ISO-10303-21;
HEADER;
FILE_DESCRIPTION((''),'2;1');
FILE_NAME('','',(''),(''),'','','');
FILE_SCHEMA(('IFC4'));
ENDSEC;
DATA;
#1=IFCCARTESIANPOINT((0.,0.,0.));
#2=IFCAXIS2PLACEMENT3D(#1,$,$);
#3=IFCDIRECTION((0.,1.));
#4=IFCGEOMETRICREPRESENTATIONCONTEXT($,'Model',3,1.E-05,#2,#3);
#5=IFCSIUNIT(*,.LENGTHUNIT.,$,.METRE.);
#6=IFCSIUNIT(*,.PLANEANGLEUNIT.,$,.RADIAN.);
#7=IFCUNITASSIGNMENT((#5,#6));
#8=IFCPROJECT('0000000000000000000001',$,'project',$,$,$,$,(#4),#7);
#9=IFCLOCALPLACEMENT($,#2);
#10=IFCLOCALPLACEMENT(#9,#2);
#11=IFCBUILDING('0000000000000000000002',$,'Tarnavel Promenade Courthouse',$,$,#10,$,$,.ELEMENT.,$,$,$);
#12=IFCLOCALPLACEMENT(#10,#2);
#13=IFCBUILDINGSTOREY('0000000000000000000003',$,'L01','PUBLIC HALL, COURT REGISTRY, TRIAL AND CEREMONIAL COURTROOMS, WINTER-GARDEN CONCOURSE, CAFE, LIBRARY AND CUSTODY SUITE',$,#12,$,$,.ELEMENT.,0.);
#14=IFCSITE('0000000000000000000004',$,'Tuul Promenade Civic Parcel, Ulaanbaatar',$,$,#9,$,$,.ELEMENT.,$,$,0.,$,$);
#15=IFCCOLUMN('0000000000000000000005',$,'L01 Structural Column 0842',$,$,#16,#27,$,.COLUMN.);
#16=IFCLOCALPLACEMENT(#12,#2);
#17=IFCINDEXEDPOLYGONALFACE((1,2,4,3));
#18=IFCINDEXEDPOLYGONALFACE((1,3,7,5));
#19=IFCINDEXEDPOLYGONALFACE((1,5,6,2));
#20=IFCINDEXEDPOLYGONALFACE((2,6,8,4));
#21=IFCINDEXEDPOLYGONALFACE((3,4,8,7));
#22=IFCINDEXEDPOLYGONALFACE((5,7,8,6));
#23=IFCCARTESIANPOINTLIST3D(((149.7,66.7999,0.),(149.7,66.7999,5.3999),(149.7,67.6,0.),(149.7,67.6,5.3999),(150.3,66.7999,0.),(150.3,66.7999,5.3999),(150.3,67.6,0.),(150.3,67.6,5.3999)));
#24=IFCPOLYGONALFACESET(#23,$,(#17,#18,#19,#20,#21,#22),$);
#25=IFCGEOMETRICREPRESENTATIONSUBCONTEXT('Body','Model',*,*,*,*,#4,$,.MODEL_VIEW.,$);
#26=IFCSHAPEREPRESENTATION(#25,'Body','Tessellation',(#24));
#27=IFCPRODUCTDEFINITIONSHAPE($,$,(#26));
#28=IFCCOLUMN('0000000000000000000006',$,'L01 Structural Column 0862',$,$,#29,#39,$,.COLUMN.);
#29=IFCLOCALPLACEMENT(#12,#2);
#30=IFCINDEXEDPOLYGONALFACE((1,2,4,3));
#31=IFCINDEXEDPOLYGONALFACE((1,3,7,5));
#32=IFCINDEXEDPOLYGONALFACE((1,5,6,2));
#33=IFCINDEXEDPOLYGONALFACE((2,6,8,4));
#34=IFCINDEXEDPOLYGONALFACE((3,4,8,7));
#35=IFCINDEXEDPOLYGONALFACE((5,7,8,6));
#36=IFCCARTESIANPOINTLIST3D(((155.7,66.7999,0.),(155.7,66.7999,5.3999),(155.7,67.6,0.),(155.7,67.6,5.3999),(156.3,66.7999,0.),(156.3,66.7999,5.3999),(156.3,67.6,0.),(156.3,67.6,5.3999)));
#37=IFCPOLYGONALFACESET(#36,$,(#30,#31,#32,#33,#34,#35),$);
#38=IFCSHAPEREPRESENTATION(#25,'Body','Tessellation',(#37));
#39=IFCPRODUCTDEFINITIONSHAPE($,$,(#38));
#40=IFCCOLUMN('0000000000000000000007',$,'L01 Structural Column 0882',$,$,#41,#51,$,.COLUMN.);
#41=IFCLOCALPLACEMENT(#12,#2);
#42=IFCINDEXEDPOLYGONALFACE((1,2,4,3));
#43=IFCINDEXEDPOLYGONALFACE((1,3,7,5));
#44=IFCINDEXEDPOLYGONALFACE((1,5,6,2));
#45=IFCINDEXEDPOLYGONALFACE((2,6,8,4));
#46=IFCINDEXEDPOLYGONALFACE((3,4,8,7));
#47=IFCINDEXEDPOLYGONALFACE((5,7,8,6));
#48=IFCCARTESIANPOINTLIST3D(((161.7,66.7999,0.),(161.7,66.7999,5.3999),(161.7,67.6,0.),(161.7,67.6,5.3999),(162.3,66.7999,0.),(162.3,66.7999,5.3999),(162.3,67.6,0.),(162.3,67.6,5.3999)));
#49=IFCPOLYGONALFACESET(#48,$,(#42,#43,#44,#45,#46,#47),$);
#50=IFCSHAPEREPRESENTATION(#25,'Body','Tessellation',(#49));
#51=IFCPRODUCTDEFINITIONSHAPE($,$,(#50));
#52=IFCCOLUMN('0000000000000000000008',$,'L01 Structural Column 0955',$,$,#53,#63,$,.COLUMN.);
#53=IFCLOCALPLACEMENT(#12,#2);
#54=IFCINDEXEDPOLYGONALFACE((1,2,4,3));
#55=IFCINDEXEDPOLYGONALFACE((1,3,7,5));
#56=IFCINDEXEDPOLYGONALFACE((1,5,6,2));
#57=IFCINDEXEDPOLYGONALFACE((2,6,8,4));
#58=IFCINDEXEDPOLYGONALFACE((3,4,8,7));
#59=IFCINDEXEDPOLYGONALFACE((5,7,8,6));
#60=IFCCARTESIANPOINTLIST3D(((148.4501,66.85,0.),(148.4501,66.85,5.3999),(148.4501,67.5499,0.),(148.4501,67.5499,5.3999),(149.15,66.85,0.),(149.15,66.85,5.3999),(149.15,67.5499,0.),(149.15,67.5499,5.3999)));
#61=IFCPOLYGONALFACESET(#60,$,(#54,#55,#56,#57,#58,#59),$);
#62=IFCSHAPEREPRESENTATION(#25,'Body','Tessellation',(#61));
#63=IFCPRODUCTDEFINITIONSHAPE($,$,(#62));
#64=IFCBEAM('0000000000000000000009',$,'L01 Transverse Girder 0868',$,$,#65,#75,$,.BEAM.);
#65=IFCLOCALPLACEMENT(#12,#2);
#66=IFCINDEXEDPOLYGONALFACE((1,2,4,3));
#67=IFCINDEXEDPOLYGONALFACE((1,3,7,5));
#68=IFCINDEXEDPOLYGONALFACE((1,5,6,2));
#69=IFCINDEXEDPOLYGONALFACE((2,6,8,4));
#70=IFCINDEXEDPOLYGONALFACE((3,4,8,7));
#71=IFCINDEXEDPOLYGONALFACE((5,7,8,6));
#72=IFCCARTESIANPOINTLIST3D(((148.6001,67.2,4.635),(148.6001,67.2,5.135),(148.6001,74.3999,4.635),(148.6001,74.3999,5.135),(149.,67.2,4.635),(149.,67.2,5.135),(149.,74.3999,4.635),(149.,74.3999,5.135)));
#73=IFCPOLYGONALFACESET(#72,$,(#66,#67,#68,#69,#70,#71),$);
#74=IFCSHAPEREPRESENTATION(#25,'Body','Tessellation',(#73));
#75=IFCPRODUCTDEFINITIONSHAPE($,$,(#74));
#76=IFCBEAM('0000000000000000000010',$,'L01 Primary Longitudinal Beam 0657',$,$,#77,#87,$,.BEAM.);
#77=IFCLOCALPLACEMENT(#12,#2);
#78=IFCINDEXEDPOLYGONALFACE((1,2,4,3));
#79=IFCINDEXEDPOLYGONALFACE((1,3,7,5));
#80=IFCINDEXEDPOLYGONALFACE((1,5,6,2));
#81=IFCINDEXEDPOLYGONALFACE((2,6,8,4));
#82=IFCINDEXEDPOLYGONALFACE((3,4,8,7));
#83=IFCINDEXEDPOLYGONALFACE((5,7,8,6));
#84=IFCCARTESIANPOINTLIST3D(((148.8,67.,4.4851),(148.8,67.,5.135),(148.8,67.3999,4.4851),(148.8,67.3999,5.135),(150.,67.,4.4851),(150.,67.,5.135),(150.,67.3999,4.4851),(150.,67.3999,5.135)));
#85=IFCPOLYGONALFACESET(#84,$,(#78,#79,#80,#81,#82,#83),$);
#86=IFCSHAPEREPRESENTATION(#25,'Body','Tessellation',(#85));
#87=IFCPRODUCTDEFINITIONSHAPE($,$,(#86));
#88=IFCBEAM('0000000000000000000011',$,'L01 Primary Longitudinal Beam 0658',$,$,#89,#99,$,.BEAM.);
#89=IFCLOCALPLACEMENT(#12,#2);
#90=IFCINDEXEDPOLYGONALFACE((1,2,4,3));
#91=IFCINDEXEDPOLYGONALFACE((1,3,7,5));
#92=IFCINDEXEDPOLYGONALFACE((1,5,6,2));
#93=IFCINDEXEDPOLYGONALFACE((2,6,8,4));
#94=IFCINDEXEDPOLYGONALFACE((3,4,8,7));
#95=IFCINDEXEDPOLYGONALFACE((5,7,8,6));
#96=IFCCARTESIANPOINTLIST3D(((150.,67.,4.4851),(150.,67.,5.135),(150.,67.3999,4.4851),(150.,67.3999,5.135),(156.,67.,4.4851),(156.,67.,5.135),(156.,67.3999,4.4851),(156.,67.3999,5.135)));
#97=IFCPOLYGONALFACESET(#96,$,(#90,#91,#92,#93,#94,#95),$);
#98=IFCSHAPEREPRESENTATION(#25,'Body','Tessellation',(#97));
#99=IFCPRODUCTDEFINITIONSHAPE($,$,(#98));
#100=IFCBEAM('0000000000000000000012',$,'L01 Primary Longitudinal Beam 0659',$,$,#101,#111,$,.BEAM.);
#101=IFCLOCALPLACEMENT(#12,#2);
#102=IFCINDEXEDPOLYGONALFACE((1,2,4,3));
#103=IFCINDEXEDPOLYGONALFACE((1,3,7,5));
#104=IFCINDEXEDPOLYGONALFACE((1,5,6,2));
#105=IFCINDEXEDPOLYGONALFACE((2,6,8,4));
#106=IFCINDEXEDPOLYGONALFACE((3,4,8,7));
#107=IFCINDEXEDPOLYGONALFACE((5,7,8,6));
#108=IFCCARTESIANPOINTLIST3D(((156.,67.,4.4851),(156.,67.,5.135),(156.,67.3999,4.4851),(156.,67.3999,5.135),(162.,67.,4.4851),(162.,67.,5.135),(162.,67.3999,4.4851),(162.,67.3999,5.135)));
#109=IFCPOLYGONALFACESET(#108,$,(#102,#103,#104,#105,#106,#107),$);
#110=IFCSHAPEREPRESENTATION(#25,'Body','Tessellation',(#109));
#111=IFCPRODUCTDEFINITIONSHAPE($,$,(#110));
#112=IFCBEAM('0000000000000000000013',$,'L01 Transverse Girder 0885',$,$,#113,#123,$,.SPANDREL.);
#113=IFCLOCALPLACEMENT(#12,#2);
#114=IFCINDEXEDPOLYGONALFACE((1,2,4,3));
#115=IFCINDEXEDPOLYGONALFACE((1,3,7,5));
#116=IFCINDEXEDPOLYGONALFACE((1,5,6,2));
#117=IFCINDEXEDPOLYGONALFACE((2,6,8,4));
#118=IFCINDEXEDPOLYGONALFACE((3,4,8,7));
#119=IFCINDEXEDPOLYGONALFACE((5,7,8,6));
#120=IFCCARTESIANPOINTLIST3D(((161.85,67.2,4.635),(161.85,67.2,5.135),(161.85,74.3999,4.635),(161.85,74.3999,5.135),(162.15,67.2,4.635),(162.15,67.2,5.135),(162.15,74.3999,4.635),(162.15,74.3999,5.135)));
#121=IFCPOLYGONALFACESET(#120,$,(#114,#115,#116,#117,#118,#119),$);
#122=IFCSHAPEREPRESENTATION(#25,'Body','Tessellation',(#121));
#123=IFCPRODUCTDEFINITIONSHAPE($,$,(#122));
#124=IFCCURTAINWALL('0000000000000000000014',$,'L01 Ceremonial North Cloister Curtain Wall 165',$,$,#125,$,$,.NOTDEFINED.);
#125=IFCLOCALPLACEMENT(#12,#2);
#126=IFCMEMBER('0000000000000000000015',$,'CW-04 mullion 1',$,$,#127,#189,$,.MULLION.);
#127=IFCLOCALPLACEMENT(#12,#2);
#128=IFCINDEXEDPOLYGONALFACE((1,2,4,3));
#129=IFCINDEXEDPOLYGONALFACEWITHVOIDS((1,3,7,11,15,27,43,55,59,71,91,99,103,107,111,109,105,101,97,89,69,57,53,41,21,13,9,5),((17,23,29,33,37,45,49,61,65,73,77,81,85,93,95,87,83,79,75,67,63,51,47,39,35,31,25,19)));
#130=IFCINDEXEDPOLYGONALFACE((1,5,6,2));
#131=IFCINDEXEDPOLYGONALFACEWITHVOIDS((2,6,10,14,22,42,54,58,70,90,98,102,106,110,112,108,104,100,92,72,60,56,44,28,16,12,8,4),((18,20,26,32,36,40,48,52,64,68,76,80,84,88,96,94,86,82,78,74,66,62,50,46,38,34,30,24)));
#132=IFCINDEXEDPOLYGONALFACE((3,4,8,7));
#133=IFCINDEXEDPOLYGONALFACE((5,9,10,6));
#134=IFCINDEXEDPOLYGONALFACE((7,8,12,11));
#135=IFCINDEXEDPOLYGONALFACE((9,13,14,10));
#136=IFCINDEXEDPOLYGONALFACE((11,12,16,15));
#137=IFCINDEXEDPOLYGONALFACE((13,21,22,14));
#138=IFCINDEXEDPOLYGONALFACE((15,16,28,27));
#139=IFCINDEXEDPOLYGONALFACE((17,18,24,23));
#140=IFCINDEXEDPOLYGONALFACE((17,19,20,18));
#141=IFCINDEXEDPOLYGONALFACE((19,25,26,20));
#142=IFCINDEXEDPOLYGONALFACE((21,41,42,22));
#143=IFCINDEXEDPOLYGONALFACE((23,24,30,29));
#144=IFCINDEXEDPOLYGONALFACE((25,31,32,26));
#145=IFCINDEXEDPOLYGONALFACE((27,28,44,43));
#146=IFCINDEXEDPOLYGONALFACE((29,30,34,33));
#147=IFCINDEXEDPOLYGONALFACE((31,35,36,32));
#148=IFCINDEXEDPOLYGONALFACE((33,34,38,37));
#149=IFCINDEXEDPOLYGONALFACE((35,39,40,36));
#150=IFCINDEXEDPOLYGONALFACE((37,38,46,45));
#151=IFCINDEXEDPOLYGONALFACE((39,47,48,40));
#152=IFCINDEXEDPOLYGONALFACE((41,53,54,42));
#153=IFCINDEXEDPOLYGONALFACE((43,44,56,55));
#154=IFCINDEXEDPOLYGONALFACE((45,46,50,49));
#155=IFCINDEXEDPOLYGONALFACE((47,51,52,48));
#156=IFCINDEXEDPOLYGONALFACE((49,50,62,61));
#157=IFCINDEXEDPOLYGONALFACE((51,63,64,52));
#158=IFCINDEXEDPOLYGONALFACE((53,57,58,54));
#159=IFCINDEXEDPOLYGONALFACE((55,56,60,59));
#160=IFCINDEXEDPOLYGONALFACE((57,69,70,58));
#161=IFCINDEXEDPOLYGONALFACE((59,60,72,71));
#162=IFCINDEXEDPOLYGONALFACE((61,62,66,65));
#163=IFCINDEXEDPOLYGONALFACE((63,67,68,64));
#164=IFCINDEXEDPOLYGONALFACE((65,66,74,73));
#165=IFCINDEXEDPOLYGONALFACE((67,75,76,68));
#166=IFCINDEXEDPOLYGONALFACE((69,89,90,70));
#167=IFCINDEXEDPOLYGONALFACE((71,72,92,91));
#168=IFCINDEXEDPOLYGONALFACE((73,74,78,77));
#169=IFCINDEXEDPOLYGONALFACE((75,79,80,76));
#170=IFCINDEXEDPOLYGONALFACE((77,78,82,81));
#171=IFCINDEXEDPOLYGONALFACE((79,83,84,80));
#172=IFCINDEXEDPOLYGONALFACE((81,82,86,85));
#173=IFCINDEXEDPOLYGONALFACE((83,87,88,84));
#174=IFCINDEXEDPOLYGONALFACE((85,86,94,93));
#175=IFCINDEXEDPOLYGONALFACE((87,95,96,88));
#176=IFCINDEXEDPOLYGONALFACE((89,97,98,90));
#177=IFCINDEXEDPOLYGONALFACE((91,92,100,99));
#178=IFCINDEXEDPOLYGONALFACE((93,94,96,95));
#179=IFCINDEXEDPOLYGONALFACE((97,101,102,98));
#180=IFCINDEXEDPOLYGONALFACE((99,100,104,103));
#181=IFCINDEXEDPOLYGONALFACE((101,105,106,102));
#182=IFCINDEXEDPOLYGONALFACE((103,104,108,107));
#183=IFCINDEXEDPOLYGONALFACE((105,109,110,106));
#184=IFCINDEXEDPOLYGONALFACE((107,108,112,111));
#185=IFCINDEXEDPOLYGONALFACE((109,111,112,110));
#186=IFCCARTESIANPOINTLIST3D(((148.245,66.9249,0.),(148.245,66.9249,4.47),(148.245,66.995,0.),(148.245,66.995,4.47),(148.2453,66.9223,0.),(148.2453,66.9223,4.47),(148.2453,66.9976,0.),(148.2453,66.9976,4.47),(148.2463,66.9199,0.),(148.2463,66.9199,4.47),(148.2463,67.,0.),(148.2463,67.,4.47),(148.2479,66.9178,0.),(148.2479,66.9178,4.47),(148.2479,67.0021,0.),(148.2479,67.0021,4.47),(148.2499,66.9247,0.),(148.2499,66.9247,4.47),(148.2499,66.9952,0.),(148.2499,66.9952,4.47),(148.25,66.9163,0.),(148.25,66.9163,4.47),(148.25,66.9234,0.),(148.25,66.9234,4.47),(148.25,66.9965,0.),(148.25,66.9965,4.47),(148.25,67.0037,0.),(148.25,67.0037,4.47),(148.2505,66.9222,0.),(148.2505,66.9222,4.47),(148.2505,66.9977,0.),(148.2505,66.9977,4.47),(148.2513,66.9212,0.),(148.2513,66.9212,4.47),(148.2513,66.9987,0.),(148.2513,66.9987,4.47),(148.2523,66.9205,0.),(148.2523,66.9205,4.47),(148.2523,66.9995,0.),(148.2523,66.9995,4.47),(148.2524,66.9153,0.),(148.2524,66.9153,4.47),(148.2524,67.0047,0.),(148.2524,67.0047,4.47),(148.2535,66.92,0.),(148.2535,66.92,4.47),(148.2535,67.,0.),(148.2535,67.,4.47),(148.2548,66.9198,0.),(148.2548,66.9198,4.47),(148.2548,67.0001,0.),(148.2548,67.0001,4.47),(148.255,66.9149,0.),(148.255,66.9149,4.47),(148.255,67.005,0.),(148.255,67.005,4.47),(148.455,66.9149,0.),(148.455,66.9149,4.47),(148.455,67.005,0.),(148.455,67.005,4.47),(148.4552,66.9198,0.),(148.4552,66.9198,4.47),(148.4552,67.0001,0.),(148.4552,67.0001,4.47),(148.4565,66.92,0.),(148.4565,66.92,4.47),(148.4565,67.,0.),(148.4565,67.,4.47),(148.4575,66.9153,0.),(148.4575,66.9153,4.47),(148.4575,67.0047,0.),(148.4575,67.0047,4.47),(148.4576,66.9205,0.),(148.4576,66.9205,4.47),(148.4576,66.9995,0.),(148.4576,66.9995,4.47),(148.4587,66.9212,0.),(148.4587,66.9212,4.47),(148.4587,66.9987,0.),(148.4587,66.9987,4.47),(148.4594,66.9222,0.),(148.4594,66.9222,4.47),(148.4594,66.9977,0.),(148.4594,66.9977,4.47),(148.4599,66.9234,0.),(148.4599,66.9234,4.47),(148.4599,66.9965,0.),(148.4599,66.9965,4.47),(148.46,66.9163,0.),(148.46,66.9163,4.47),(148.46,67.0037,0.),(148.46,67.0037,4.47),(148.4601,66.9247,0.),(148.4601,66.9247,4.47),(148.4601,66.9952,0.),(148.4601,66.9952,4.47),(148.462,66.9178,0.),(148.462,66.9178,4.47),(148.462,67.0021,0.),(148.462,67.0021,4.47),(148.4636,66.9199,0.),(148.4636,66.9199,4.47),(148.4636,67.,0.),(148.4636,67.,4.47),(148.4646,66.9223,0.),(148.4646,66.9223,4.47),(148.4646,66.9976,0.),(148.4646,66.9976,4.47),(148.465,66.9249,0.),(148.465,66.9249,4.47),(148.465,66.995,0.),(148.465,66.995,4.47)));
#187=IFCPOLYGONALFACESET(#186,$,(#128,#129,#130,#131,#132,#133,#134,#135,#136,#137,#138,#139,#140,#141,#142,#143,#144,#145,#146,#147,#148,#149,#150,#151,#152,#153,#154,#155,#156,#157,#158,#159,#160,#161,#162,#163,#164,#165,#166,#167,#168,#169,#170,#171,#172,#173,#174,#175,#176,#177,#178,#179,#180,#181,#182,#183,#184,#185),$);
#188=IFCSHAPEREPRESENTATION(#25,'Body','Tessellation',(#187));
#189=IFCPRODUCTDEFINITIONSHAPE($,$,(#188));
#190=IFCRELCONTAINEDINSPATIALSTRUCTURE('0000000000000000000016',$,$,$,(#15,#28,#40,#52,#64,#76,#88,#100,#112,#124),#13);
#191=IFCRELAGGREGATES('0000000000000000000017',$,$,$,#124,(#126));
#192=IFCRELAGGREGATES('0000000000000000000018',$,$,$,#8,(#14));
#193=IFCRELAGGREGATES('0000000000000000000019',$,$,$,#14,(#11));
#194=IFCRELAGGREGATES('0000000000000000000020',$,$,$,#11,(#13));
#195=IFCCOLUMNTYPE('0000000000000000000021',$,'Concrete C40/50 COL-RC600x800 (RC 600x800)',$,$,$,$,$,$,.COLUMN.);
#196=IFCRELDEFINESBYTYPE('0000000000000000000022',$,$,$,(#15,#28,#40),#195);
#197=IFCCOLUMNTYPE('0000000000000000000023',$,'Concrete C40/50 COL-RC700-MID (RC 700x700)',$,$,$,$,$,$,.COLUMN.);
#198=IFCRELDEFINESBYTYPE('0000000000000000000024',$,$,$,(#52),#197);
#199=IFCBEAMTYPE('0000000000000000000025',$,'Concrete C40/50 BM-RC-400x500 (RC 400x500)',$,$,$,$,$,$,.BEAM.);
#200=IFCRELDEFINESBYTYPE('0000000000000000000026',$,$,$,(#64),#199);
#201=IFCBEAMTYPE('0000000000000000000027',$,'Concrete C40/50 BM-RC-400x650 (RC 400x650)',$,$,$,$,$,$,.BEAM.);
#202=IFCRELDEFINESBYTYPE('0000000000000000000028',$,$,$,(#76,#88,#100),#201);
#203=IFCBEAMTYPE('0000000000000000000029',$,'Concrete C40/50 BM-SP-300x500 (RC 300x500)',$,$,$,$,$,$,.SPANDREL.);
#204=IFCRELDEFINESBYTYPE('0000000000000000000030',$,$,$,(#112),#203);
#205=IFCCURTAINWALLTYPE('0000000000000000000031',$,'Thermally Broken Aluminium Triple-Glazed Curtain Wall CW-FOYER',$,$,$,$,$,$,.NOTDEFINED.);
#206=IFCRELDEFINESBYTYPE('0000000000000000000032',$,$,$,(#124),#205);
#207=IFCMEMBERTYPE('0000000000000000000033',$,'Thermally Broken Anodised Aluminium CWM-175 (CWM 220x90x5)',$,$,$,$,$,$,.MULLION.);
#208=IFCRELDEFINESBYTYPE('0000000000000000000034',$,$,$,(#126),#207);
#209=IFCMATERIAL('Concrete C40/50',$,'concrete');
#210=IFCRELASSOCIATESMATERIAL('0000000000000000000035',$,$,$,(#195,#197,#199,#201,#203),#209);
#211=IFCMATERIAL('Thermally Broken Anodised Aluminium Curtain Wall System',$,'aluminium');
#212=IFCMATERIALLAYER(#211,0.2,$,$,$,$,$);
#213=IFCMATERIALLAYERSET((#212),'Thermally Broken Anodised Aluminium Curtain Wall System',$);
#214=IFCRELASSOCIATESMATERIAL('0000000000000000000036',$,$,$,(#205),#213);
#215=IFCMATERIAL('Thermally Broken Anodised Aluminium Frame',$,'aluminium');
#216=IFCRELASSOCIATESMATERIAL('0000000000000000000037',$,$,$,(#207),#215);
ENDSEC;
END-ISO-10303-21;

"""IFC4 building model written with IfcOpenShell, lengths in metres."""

from ifc_helpers import new_model, si_unit, direction, frame, origin, origin_2d, place, context, subcontext, project, spatial, rectangle, hollow_rectangle, extrude, material, layer, layer_set, material_profile, profile_set, type_object, element, aggregate, save


model = new_model("IFC4")

# Units and contexts
model_context = context("Model", 3, precision=1e-05, world=origin(), true_north=direction((0.0, 1.0)))
body_context = subcontext(model_context, "Body", "Model", "MODEL_VIEW")
ifc_project = project(units=[si_unit("LENGTHUNIT", "METRE"), si_unit("PLANEANGLEUNIT", "RADIAN")], contexts=[model_context])

# Site, building, storey
site_placement = place(None, origin())
site = spatial("IfcSite", under=ifc_project, at=site_placement, Name="Tuul Promenade Civic Parcel, Ulaanbaatar", CompositionType="ELEMENT", RefElevation=0.0)
building_placement = place(site_placement, origin())
building = spatial("IfcBuilding", under=site, at=building_placement, Name="Tarnavel Promenade Courthouse", CompositionType="ELEMENT")
storey_placement = place(building_placement, origin())
storey = spatial("IfcBuildingStorey", under=building, at=storey_placement, Name="L01", Description="PUBLIC HALL, COURT REGISTRY, TRIAL AND CEREMONIAL COURTROOMS, WINTER-GARDEN CONCOURSE, CAFE, LIBRARY AND CUSTODY SUITE", CompositionType="ELEMENT", Elevation=0.0)

# Columns
ifc_material_1 = material(Name="Concrete C40/50", Category="concrete")
ifc_material_profile_1 = material_profile(ifc_material_1, rectangle(XDim=0.6001, YDim=0.8, at=origin_2d()), Name="RC 600x800")
ifc_profile_set_1 = profile_set([ifc_material_profile_1], Name="Concrete C40/50")
column_type_1 = type_object("IfcColumnType", Name="Concrete C40/50 COL-RC600x800 (RC 600x800)", PredefinedType="COLUMN", material=ifc_profile_set_1)
for number, where, z_axis, x_axis, name in (
    (1, (150.0, 67.2, 0.0), (0.0, 0.0, 1.0), (1.0, 0.0, 0.0), "L01 Structural Column 0842"),
    (2, (156.0, 67.2, 0.0), (0.0, 0.0, 1.0), (1.0, 0.0, 0.0), "L01 Structural Column 0862"),
    (3, (162.0, 67.2, 0.0), (0.0, 0.0, 1.0), (1.0, 0.0, 0.0), "L01 Structural Column 0882"),
):
    element("IfcColumn", number, at=place(storey_placement, frame(where, z_axis=z_axis, x_axis=x_axis)), inside=storey, type_object=column_type_1, Name=name, PredefinedType="COLUMN", context=body_context, shape_type="SweptSolid", body=[
        extrude(rectangle(XDim=0.6001, YDim=0.8, at=origin_2d()), origin(), (0.0, 0.0, 1.0), 5.3999),
    ])
ifc_material_profile_2 = material_profile(ifc_material_1, rectangle(XDim=0.7, YDim=0.7, at=origin_2d()), Name="RC 700x700")
ifc_profile_set_2 = profile_set([ifc_material_profile_2], Name="Concrete C40/50")
column_type_2 = type_object("IfcColumnType", Name="Concrete C40/50 COL-RC700-MID (RC 700x700)", PredefinedType="COLUMN", material=ifc_profile_set_2)
column_placement = place(storey_placement, frame((148.8, 67.2, 0.0), z_axis=(0.0, 0.0, 1.0), x_axis=(1.0, 0.0, 0.0)))
element("IfcColumn", 4, at=column_placement, inside=storey, type_object=column_type_2, Name="L01 Structural Column 0955", PredefinedType="COLUMN", context=body_context, shape_type="SweptSolid", body=[
    extrude(rectangle(XDim=0.7, YDim=0.7, at=origin_2d()), origin(), (0.0, 0.0, 1.0), 5.3999),
])

# Beams
ifc_material_profile_3 = material_profile(ifc_material_1, rectangle(XDim=0.3999, YDim=0.5, at=origin_2d()), Name="RC 400x500")
ifc_profile_set_3 = profile_set([ifc_material_profile_3], Name="Concrete C40/50")
beam_type_1 = type_object("IfcBeamType", Name="Concrete C40/50 BM-RC-400x500 (RC 400x500)", PredefinedType="BEAM", material=ifc_profile_set_3)
beam_1_placement = place(storey_placement, frame((148.8, 67.2, 4.885), z_axis=(0.0, 1.0, 0.0), x_axis=(-1.0, 0.0, 0.0)))
element("IfcBeam", 5, at=beam_1_placement, inside=storey, type_object=beam_type_1, Name="L01 Transverse Girder 0868", PredefinedType="BEAM", context=body_context, shape_type="SweptSolid", body=[
    extrude(rectangle(XDim=0.3999, YDim=0.5, at=origin_2d()), origin(), (0.0, 0.0, 1.0), 7.2),
])
ifc_material_profile_4 = material_profile(ifc_material_1, rectangle(XDim=0.3999, YDim=0.6499, at=origin_2d()), Name="RC 400x650")
ifc_profile_set_4 = profile_set([ifc_material_profile_4], Name="Concrete C40/50")
beam_type_2 = type_object("IfcBeamType", Name="Concrete C40/50 BM-RC-400x650 (RC 400x650)", PredefinedType="BEAM", material=ifc_profile_set_4)
beam_2_placement = place(storey_placement, frame((148.8, 67.2, 4.8101), z_axis=(1.0, 0.0, 0.0), x_axis=(0.0, 1.0, 0.0)))
element("IfcBeam", 6, at=beam_2_placement, inside=storey, type_object=beam_type_2, Name="L01 Primary Longitudinal Beam 0657", PredefinedType="BEAM", context=body_context, shape_type="SweptSolid", body=[
    extrude(rectangle(XDim=0.3999, YDim=0.6499, at=origin_2d()), origin(), (0.0, 0.0, 1.0), 1.2),
])
for number, where, z_axis, x_axis, name in (
    (7, (150.0, 67.2, 4.8101), (1.0, 0.0, 0.0), (0.0, 1.0, 0.0), "L01 Primary Longitudinal Beam 0658"),
    (8, (156.0, 67.2, 4.8101), (1.0, 0.0, 0.0), (0.0, 1.0, 0.0), "L01 Primary Longitudinal Beam 0659"),
):
    element("IfcBeam", number, at=place(storey_placement, frame(where, z_axis=z_axis, x_axis=x_axis)), inside=storey, type_object=beam_type_2, Name=name, PredefinedType="BEAM", context=body_context, shape_type="SweptSolid", body=[
        extrude(rectangle(XDim=0.3999, YDim=0.6499, at=origin_2d()), origin(), (0.0, 0.0, 1.0), 6.0),
    ])
ifc_material_profile_5 = material_profile(ifc_material_1, rectangle(XDim=0.3, YDim=0.5, at=origin_2d()), Name="RC 300x500")
ifc_profile_set_5 = profile_set([ifc_material_profile_5], Name="Concrete C40/50")
beam_type_3 = type_object("IfcBeamType", Name="Concrete C40/50 BM-SP-300x500 (RC 300x500)", PredefinedType="SPANDREL", material=ifc_profile_set_5)
beam_3_placement = place(storey_placement, frame((162.0, 67.2, 4.885), z_axis=(0.0, 1.0, 0.0), x_axis=(-1.0, 0.0, 0.0)))
element("IfcBeam", 9, at=beam_3_placement, inside=storey, type_object=beam_type_3, Name="L01 Transverse Girder 0885", PredefinedType="SPANDREL", context=body_context, shape_type="SweptSolid", body=[
    extrude(rectangle(XDim=0.3, YDim=0.5, at=origin_2d()), origin(), (0.0, 0.0, 1.0), 7.2),
])

# Curtain wall, member
ifc_material_2 = material(Name="Thermally Broken Anodised Aluminium Curtain Wall System", Category="aluminium")
ifc_layer_1 = layer(ifc_material_2, 0.2)
ifc_layer_set_1 = layer_set([ifc_layer_1], Name="Thermally Broken Anodised Aluminium Curtain Wall System")
curtain_wall_type = type_object("IfcCurtainWallType", Name="Thermally Broken Aluminium Triple-Glazed Curtain Wall CW-FOYER", PredefinedType="NOTDEFINED", material=ifc_layer_set_1)
curtain_wall_1_placement = place(storey_placement, origin())
curtain_wall_1 = element("IfcCurtainWall", 10, at=curtain_wall_1_placement, inside=storey, type_object=curtain_wall_type, Name="L01 Ceremonial North Cloister Curtain Wall 165", PredefinedType="NOTDEFINED")
ifc_material_3 = material(Name="Thermally Broken Anodised Aluminium Frame", Category="aluminium")
ifc_material_profile_6 = material_profile(ifc_material_3, hollow_rectangle(XDim=0.0901, YDim=0.22, WallThickness=0.0049, InnerFilletRadius=0.0049, OuterFilletRadius=0.01, at=origin_2d()), Name="CWM 220x90x5")
ifc_profile_set_6 = profile_set([ifc_material_profile_6], Name="Thermally Broken Anodised Aluminium Frame")
member_type_1 = type_object("IfcMemberType", Name="Thermally Broken Anodised Aluminium CWM-175 (CWM 220x90x5)", PredefinedType="MULLION", material=ifc_profile_set_6)
member_1_placement = place(storey_placement, frame((148.355, 66.96, 0.0), z_axis=(0.0, 0.0, 1.0), x_axis=(0.0, -1.0, 0.0)))
member_1 = element("IfcMember", 11, at=member_1_placement, type_object=member_type_1, Name="CW-04 mullion 1", PredefinedType="MULLION", context=body_context, shape_type="SweptSolid", body=[
    extrude(hollow_rectangle(XDim=0.0901, YDim=0.22, WallThickness=0.0049, InnerFilletRadius=0.0049, OuterFilletRadius=0.01, at=origin_2d()), origin(), (0.0, 0.0, 1.0), 4.47),
])

aggregate(curtain_wall_1, [member_1])

save(model, "model.ifc")
